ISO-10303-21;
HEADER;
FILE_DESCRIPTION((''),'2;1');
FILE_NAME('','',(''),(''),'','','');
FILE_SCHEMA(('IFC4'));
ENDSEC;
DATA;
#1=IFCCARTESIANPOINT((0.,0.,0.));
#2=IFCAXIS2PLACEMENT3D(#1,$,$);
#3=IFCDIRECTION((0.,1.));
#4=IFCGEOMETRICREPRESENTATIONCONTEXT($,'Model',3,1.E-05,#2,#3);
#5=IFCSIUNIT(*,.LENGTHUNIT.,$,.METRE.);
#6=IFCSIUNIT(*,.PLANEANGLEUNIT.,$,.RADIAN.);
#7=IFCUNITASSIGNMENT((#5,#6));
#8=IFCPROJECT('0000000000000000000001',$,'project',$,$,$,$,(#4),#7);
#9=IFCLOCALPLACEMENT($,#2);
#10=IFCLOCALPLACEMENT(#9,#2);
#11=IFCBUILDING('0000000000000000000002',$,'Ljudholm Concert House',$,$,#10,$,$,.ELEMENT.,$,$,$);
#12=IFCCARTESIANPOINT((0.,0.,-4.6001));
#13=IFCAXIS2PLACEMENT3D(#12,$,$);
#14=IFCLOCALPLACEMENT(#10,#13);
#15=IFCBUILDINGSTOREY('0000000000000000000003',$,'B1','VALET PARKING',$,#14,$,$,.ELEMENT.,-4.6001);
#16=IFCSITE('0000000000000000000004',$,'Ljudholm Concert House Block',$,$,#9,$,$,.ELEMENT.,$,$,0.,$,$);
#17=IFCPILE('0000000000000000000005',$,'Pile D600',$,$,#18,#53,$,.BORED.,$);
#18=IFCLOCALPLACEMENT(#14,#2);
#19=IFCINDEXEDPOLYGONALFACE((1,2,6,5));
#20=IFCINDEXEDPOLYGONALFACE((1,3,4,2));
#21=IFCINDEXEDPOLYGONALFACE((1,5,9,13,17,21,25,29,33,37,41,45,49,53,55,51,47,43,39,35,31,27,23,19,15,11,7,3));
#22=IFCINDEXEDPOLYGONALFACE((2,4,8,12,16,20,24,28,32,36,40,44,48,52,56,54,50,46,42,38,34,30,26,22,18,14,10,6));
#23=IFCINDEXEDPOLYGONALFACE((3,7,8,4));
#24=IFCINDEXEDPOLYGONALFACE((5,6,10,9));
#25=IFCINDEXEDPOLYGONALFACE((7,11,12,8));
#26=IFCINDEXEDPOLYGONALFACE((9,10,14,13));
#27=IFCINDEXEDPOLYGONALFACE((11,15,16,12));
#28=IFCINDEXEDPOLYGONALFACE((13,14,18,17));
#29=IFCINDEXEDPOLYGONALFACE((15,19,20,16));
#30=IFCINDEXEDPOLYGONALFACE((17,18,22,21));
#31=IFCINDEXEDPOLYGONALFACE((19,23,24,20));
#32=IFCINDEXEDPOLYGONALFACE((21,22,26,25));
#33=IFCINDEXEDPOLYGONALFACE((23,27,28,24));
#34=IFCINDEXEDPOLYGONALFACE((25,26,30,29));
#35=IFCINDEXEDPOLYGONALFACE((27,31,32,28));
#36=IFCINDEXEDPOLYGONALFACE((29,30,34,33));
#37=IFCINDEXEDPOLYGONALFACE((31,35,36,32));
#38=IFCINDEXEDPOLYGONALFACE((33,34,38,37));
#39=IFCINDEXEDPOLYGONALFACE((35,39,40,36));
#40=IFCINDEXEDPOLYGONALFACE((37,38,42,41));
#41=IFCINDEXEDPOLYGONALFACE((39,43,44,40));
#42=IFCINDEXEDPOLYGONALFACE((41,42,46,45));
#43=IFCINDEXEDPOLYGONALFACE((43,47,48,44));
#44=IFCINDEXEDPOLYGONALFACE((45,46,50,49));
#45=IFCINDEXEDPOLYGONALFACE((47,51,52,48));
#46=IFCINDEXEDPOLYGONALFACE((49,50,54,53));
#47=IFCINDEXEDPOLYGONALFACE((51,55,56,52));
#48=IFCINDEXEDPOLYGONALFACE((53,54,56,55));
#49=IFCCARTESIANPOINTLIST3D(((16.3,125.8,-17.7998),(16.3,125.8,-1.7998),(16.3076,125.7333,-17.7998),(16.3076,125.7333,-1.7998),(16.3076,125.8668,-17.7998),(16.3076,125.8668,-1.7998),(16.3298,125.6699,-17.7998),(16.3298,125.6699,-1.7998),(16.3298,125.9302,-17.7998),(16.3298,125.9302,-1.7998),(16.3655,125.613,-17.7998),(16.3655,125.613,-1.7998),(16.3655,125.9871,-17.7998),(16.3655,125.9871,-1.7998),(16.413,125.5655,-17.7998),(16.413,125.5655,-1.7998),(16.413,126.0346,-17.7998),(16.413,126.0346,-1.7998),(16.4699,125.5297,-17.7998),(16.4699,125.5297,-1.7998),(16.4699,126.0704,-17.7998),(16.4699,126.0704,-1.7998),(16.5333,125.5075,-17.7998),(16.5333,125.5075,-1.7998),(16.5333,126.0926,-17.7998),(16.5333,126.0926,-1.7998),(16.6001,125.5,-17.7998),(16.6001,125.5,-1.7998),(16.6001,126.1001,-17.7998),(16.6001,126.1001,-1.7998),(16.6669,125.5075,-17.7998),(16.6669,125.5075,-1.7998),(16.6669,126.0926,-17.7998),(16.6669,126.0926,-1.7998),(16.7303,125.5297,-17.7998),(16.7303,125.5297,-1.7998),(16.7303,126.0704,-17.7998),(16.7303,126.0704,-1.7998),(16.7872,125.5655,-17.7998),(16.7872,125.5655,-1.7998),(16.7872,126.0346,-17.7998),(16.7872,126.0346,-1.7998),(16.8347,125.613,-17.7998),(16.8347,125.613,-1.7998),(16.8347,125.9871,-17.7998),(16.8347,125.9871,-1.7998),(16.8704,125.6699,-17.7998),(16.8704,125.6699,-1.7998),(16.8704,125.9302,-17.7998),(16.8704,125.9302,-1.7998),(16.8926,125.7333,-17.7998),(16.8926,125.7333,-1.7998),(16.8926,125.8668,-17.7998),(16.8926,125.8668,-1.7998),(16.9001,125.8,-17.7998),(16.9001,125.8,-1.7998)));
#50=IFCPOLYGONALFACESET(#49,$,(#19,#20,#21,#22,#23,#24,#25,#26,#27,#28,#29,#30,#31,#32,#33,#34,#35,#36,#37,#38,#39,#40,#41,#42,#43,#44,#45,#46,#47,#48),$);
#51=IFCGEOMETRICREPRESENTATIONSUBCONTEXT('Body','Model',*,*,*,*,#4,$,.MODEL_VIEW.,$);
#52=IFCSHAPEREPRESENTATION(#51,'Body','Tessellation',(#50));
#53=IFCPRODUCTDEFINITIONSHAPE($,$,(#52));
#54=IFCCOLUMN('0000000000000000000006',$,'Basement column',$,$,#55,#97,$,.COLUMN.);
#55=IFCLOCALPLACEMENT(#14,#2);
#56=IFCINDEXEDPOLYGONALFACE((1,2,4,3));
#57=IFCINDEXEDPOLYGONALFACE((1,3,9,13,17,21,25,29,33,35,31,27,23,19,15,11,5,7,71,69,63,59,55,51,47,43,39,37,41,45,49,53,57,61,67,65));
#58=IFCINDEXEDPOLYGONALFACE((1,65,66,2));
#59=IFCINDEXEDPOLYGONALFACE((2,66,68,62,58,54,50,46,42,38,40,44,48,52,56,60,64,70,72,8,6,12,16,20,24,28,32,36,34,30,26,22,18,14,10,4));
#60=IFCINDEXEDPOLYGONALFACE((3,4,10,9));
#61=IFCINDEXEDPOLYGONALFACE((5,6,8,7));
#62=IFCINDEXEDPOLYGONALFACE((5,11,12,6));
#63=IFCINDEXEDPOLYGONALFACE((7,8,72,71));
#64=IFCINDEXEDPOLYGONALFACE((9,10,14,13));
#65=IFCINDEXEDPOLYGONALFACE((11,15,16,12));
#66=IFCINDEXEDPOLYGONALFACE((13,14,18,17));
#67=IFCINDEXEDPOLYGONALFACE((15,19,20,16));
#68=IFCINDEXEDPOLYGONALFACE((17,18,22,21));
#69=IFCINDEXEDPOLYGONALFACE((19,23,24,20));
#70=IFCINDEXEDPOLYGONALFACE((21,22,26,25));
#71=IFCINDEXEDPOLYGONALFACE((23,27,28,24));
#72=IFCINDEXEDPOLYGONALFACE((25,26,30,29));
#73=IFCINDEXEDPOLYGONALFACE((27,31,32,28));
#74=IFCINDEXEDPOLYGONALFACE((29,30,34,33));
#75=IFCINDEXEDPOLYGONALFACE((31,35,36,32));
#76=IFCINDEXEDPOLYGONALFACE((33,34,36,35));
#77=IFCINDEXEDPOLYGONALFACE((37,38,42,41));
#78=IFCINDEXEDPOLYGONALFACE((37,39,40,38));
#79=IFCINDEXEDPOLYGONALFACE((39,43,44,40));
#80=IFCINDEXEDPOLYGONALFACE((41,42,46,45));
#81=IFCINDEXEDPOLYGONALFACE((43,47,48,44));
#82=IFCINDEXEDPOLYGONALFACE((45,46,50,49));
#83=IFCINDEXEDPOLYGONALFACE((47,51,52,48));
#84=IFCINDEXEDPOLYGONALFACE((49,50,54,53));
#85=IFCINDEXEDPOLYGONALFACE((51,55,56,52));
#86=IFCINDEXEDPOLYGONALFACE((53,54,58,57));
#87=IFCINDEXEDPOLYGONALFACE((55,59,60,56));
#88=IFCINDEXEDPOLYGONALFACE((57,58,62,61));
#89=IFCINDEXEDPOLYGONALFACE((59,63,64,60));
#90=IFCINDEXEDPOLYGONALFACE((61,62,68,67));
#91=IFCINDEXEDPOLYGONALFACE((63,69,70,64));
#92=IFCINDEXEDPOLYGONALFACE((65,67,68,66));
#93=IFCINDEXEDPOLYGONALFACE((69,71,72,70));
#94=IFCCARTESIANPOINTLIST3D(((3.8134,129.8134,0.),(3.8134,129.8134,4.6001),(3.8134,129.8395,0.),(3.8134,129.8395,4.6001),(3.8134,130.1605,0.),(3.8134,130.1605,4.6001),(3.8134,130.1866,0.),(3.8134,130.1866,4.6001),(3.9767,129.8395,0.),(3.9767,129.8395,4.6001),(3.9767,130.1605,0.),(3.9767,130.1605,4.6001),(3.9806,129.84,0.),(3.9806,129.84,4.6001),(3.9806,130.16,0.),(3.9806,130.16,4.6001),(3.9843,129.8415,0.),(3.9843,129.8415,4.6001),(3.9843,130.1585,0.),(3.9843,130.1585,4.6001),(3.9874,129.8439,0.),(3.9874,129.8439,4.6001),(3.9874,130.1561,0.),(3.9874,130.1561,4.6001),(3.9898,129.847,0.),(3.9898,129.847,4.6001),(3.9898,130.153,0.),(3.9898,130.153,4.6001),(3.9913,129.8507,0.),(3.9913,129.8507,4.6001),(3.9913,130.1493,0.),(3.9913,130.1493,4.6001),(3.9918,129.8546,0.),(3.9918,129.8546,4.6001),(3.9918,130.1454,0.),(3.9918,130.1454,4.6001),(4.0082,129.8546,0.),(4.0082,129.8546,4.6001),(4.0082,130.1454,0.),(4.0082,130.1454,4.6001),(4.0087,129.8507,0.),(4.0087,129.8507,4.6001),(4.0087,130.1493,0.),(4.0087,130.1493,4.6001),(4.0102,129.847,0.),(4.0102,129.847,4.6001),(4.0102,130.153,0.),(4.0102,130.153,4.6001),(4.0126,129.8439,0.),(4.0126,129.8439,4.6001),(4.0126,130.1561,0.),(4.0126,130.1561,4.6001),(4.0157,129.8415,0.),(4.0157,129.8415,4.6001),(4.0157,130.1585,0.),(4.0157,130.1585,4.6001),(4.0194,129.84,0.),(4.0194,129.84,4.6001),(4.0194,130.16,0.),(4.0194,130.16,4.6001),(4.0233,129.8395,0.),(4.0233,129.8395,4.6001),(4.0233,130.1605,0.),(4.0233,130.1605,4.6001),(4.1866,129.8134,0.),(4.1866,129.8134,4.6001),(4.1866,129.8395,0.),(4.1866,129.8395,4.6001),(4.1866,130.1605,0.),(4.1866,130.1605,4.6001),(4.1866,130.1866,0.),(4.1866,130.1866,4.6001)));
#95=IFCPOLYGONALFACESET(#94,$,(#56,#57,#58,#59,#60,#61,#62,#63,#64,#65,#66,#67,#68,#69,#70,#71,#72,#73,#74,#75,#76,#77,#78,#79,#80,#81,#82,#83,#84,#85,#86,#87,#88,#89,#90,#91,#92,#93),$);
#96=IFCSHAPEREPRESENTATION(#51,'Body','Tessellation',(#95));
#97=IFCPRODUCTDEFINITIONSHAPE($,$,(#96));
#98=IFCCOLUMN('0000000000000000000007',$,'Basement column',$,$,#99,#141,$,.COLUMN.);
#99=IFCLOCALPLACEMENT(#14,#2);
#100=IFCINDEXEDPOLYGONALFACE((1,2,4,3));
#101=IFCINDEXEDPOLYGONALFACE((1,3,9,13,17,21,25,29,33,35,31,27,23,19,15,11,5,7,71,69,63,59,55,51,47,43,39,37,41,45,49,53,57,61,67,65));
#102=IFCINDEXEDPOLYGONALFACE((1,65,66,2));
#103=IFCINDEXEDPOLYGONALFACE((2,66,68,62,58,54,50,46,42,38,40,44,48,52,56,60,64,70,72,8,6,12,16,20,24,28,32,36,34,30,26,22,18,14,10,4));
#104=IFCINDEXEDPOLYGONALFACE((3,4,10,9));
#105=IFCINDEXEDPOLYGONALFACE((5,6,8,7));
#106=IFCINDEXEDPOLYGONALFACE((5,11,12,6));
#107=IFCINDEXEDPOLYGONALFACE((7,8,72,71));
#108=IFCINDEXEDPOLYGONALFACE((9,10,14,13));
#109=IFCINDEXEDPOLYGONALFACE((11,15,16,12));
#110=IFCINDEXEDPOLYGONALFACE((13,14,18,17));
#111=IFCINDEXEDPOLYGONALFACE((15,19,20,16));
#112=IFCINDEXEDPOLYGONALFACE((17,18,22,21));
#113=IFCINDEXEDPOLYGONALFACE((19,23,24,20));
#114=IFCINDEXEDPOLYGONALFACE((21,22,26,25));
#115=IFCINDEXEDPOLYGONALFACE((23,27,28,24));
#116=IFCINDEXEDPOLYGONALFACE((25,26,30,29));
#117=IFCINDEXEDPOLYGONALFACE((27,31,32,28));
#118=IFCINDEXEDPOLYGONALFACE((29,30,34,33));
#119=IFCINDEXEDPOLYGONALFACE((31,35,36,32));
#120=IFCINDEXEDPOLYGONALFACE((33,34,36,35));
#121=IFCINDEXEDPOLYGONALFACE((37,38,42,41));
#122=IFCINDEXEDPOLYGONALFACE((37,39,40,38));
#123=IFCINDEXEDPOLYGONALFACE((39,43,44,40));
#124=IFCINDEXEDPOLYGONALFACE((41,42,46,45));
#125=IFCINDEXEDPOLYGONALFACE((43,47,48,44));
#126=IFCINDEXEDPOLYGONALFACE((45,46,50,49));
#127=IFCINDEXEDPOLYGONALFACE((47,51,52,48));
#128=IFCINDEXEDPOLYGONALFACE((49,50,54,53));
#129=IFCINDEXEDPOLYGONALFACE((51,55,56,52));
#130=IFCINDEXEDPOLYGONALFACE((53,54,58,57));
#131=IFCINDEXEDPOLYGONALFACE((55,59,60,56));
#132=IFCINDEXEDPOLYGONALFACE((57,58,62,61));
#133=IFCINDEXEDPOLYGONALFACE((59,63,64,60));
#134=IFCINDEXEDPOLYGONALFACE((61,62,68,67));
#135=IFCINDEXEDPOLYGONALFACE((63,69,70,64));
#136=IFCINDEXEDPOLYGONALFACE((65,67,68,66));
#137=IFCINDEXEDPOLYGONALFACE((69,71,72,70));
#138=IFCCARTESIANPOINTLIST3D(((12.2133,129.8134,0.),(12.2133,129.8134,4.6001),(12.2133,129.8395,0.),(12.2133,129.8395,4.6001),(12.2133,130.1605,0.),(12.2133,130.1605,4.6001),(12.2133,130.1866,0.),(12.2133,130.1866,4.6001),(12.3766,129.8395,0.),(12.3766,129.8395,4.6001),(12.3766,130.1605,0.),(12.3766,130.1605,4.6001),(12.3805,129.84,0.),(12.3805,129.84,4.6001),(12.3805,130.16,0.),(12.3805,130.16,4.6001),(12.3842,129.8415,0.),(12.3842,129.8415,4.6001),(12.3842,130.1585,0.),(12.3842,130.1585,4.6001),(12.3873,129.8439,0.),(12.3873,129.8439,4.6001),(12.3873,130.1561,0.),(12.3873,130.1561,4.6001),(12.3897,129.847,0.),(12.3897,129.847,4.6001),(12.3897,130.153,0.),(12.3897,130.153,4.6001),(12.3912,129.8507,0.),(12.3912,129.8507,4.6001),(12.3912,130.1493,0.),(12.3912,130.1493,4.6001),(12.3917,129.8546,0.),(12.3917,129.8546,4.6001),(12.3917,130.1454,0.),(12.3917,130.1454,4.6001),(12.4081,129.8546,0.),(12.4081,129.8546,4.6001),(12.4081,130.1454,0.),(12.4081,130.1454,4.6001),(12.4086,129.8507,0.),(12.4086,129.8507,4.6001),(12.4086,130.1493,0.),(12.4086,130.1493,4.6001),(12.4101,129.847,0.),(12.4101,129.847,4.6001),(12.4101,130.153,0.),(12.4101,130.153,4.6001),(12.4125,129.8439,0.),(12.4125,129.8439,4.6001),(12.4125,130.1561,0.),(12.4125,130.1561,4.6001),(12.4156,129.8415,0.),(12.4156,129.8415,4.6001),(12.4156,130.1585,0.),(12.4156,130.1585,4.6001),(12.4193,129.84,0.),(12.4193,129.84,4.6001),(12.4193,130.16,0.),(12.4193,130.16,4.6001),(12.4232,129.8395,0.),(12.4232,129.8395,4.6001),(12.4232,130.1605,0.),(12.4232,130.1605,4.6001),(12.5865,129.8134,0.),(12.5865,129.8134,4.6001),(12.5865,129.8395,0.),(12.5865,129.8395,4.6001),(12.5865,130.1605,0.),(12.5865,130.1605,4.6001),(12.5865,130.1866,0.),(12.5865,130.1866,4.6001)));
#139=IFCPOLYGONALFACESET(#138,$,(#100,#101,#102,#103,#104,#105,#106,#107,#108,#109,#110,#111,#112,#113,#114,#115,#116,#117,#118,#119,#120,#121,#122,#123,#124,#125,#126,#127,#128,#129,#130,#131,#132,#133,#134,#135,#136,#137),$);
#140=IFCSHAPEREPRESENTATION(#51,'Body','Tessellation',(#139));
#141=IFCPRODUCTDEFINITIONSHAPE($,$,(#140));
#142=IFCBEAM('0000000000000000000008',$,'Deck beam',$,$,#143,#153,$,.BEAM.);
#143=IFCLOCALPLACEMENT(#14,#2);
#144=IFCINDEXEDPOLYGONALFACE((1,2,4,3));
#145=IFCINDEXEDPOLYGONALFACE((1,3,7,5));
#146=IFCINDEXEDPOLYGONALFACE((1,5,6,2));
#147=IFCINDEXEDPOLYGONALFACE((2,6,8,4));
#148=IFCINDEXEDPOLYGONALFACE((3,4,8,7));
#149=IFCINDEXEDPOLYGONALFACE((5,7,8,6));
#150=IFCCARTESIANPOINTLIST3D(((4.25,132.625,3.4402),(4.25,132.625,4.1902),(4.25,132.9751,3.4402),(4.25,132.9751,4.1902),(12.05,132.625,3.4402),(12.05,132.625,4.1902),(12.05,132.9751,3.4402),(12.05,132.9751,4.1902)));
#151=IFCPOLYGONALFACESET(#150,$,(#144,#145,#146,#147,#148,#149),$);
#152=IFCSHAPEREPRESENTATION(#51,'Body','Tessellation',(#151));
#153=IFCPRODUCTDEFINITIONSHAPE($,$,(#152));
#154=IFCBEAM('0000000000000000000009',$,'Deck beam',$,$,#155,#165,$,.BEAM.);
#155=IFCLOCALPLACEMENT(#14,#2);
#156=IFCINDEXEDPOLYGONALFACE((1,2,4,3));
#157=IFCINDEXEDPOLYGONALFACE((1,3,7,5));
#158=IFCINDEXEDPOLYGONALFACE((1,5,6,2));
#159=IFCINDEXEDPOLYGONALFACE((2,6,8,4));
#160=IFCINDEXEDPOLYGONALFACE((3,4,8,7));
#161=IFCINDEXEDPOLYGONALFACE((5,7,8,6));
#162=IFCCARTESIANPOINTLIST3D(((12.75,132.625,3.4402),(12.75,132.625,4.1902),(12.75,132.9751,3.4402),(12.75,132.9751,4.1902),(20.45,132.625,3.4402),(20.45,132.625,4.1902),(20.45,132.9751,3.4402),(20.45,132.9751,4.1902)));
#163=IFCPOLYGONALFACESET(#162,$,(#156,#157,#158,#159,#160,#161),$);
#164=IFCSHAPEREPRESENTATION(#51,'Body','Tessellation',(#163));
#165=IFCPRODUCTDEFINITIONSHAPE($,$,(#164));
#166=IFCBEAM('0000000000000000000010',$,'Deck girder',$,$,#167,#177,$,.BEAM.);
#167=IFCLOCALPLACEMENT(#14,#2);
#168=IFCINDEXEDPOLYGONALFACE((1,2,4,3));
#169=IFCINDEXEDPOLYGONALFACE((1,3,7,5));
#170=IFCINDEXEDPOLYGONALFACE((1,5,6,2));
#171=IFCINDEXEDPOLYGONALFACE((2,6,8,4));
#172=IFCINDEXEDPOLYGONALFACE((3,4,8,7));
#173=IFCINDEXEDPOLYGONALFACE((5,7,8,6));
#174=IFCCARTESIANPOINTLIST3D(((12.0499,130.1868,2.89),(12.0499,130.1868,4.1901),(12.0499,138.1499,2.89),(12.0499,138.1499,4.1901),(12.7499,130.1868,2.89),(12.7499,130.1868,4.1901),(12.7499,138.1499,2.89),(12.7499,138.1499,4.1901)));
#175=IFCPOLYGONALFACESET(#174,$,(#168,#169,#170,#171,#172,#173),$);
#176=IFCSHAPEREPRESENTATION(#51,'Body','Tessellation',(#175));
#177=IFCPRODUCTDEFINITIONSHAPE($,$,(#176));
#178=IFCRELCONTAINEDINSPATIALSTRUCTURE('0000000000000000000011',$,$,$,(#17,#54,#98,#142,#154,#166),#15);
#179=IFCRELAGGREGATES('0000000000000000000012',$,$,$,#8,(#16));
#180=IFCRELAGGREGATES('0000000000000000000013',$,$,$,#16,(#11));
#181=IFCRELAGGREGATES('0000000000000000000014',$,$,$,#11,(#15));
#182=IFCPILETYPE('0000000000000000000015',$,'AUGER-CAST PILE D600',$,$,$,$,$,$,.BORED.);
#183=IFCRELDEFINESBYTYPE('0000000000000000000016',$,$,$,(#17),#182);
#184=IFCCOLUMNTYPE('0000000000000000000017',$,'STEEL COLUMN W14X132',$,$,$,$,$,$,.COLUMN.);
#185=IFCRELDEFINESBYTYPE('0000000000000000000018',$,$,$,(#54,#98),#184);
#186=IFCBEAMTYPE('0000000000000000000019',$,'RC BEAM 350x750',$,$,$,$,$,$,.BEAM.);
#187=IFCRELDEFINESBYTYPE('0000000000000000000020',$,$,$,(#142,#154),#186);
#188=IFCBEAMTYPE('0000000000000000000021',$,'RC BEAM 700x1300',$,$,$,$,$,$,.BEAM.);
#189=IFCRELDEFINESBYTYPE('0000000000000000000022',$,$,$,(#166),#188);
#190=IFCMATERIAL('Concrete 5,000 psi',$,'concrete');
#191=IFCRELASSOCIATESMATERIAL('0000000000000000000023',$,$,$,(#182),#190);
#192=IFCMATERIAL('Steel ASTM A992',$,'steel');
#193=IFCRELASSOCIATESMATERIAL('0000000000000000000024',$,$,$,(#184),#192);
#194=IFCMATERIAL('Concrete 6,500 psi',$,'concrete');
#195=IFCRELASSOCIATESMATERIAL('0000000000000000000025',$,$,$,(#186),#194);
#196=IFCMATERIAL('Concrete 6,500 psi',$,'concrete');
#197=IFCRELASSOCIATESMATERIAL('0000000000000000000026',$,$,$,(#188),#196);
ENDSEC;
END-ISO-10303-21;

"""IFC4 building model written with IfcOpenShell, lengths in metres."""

from ifc_helpers import new_model, si_unit, direction, frame, origin, origin_2d, place, context, subcontext, project, spatial, rectangle, circle, i_section, extrude, material, material_profile, profile_set, type_object, element, save


model = new_model("IFC4")

# Units and contexts
model_context = context("Model", 3, precision=1e-05, world=origin(), true_north=direction((0.0, 1.0)))
body_context = subcontext(model_context, "Body", "Model", "MODEL_VIEW")
ifc_project = project(units=[si_unit("LENGTHUNIT", "METRE"), si_unit("PLANEANGLEUNIT", "RADIAN")], contexts=[model_context])

# Site, building, storey
site_placement = place(None, origin())
site = spatial("IfcSite", under=ifc_project, at=site_placement, Name="Ljudholm Concert House Block", CompositionType="ELEMENT", RefElevation=0.0)
building_placement = place(site_placement, origin())
building = spatial("IfcBuilding", under=site, at=building_placement, Name="Ljudholm Concert House", CompositionType="ELEMENT")
storey_placement = place(building_placement, frame((0.0, 0.0, -4.6001)))
storey = spatial("IfcBuildingStorey", under=building, at=storey_placement, Name="B1", Description="VALET PARKING", CompositionType="ELEMENT", Elevation=-4.6001)

# Pile
ifc_material_1 = material(Name="Concrete 5,000 psi", Category="concrete")
ifc_material_profile_1 = material_profile(ifc_material_1, circle(Radius=0.3, at=origin_2d()), Name="AUGER-CAST PILE D600")
ifc_profile_set_1 = profile_set([ifc_material_profile_1], Name="Concrete 5,000 psi")
pile_type = type_object("IfcPileType", Name="AUGER-CAST PILE D600", PredefinedType="BORED", material=ifc_profile_set_1)
for number, where, z_axis, x_axis, name in (
    (1, (16.6001, 125.8, -1.7998), (0.0, 0.0, -1.0), (1.0, 0.0, 0.0), "Pile D600"),
):
    element("IfcPile", number, at=place(storey_placement, frame(where, z_axis=z_axis, x_axis=x_axis)), inside=storey, type_object=pile_type, Name=name, PredefinedType="BORED", context=body_context, shape_type="SweptSolid", body=[
        extrude(circle(Radius=0.3, at=origin_2d()), origin(), (0.0, 0.0, 1.0), 16.0),
    ])

# Columns
ifc_material_2 = material(Name="Steel ASTM A992", Category="steel")
ifc_material_profile_2 = material_profile(ifc_material_2, i_section(OverallWidth=0.3733, OverallDepth=0.3733, WebThickness=0.0164, FlangeThickness=0.0261, FilletRadius=0.0151, at=origin_2d()), Name="W14X132")
ifc_profile_set_2 = profile_set([ifc_material_profile_2], Name="Steel ASTM A992")
column_type = type_object("IfcColumnType", Name="STEEL COLUMN W14X132", PredefinedType="COLUMN", material=ifc_profile_set_2)
for number, where, z_axis, x_axis, name in (
    (2, (4.0, 130.0, 0.0), (0.0, 0.0, 1.0), (1.0, 0.0, 0.0), "Basement column"),
    (3, (12.3999, 130.0, 0.0), (0.0, 0.0, 1.0), (1.0, 0.0, 0.0), "Basement column"),
):
    element("IfcColumn", number, at=place(storey_placement, frame(where, z_axis=z_axis, x_axis=x_axis)), inside=storey, type_object=column_type, Name=name, PredefinedType="COLUMN", context=body_context, shape_type="SweptSolid", body=[
        extrude(i_section(OverallWidth=0.3733, OverallDepth=0.3733, WebThickness=0.0164, FlangeThickness=0.0261, FilletRadius=0.0151, at=origin_2d()), origin(), (0.0, 0.0, 1.0), 4.6001),
    ])

# Beams
ifc_material_3 = material(Name="Concrete 6,500 psi", Category="concrete")
ifc_material_profile_3 = material_profile(ifc_material_3, rectangle(XDim=0.3501, YDim=0.75, at=origin_2d()), Name="RC BEAM 350x750")
ifc_profile_set_3 = profile_set([ifc_material_profile_3], Name="Concrete 6,500 psi")
beam_type_1 = type_object("IfcBeamType", Name="RC BEAM 350x750", PredefinedType="BEAM", material=ifc_profile_set_3)
beam_1_placement = place(storey_placement, frame((4.25, 132.8, 3.8152), z_axis=(1.0, 0.0, 0.0), x_axis=(0.0, 1.0, 0.0)))
element("IfcBeam", 4, at=beam_1_placement, inside=storey, type_object=beam_type_1, Name="Deck beam", PredefinedType="BEAM", context=body_context, shape_type="SweptSolid", body=[
    extrude(rectangle(XDim=0.3501, YDim=0.75, at=origin_2d()), origin(), (0.0, 0.0, 1.0), 7.8),
])
beam_2_placement = place(storey_placement, frame((12.75, 132.8, 3.8152), z_axis=(1.0, 0.0, 0.0), x_axis=(0.0, 1.0, 0.0)))
element("IfcBeam", 5, at=beam_2_placement, inside=storey, type_object=beam_type_1, Name="Deck beam", PredefinedType="BEAM", context=body_context, shape_type="SweptSolid", body=[
    extrude(rectangle(XDim=0.3501, YDim=0.75, at=origin_2d()), origin(), (0.0, 0.0, 1.0), 7.7),
])
ifc_material_4 = material(Name="Concrete 6,500 psi", Category="concrete")
ifc_material_profile_4 = material_profile(ifc_material_4, rectangle(XDim=0.7, YDim=1.3, at=origin_2d()), Name="RC BEAM 700x1300")
ifc_profile_set_4 = profile_set([ifc_material_profile_4], Name="Concrete 6,500 psi")
beam_type_2 = type_object("IfcBeamType", Name="RC BEAM 700x1300", PredefinedType="BEAM", material=ifc_profile_set_4)
beam_3_placement = place(storey_placement, frame((12.3999, 130.1868, 3.54), z_axis=(0.0, 1.0, 0.0), x_axis=(-1.0, 0.0, 0.0)))
element("IfcBeam", 6, at=beam_3_placement, inside=storey, type_object=beam_type_2, Name="Deck girder", PredefinedType="BEAM", context=body_context, shape_type="SweptSolid", body=[
    extrude(rectangle(XDim=0.7, YDim=1.3, at=origin_2d()), origin(), (0.0, 0.0, 1.0), 7.9631),
])

save(model, "model.ifc")
